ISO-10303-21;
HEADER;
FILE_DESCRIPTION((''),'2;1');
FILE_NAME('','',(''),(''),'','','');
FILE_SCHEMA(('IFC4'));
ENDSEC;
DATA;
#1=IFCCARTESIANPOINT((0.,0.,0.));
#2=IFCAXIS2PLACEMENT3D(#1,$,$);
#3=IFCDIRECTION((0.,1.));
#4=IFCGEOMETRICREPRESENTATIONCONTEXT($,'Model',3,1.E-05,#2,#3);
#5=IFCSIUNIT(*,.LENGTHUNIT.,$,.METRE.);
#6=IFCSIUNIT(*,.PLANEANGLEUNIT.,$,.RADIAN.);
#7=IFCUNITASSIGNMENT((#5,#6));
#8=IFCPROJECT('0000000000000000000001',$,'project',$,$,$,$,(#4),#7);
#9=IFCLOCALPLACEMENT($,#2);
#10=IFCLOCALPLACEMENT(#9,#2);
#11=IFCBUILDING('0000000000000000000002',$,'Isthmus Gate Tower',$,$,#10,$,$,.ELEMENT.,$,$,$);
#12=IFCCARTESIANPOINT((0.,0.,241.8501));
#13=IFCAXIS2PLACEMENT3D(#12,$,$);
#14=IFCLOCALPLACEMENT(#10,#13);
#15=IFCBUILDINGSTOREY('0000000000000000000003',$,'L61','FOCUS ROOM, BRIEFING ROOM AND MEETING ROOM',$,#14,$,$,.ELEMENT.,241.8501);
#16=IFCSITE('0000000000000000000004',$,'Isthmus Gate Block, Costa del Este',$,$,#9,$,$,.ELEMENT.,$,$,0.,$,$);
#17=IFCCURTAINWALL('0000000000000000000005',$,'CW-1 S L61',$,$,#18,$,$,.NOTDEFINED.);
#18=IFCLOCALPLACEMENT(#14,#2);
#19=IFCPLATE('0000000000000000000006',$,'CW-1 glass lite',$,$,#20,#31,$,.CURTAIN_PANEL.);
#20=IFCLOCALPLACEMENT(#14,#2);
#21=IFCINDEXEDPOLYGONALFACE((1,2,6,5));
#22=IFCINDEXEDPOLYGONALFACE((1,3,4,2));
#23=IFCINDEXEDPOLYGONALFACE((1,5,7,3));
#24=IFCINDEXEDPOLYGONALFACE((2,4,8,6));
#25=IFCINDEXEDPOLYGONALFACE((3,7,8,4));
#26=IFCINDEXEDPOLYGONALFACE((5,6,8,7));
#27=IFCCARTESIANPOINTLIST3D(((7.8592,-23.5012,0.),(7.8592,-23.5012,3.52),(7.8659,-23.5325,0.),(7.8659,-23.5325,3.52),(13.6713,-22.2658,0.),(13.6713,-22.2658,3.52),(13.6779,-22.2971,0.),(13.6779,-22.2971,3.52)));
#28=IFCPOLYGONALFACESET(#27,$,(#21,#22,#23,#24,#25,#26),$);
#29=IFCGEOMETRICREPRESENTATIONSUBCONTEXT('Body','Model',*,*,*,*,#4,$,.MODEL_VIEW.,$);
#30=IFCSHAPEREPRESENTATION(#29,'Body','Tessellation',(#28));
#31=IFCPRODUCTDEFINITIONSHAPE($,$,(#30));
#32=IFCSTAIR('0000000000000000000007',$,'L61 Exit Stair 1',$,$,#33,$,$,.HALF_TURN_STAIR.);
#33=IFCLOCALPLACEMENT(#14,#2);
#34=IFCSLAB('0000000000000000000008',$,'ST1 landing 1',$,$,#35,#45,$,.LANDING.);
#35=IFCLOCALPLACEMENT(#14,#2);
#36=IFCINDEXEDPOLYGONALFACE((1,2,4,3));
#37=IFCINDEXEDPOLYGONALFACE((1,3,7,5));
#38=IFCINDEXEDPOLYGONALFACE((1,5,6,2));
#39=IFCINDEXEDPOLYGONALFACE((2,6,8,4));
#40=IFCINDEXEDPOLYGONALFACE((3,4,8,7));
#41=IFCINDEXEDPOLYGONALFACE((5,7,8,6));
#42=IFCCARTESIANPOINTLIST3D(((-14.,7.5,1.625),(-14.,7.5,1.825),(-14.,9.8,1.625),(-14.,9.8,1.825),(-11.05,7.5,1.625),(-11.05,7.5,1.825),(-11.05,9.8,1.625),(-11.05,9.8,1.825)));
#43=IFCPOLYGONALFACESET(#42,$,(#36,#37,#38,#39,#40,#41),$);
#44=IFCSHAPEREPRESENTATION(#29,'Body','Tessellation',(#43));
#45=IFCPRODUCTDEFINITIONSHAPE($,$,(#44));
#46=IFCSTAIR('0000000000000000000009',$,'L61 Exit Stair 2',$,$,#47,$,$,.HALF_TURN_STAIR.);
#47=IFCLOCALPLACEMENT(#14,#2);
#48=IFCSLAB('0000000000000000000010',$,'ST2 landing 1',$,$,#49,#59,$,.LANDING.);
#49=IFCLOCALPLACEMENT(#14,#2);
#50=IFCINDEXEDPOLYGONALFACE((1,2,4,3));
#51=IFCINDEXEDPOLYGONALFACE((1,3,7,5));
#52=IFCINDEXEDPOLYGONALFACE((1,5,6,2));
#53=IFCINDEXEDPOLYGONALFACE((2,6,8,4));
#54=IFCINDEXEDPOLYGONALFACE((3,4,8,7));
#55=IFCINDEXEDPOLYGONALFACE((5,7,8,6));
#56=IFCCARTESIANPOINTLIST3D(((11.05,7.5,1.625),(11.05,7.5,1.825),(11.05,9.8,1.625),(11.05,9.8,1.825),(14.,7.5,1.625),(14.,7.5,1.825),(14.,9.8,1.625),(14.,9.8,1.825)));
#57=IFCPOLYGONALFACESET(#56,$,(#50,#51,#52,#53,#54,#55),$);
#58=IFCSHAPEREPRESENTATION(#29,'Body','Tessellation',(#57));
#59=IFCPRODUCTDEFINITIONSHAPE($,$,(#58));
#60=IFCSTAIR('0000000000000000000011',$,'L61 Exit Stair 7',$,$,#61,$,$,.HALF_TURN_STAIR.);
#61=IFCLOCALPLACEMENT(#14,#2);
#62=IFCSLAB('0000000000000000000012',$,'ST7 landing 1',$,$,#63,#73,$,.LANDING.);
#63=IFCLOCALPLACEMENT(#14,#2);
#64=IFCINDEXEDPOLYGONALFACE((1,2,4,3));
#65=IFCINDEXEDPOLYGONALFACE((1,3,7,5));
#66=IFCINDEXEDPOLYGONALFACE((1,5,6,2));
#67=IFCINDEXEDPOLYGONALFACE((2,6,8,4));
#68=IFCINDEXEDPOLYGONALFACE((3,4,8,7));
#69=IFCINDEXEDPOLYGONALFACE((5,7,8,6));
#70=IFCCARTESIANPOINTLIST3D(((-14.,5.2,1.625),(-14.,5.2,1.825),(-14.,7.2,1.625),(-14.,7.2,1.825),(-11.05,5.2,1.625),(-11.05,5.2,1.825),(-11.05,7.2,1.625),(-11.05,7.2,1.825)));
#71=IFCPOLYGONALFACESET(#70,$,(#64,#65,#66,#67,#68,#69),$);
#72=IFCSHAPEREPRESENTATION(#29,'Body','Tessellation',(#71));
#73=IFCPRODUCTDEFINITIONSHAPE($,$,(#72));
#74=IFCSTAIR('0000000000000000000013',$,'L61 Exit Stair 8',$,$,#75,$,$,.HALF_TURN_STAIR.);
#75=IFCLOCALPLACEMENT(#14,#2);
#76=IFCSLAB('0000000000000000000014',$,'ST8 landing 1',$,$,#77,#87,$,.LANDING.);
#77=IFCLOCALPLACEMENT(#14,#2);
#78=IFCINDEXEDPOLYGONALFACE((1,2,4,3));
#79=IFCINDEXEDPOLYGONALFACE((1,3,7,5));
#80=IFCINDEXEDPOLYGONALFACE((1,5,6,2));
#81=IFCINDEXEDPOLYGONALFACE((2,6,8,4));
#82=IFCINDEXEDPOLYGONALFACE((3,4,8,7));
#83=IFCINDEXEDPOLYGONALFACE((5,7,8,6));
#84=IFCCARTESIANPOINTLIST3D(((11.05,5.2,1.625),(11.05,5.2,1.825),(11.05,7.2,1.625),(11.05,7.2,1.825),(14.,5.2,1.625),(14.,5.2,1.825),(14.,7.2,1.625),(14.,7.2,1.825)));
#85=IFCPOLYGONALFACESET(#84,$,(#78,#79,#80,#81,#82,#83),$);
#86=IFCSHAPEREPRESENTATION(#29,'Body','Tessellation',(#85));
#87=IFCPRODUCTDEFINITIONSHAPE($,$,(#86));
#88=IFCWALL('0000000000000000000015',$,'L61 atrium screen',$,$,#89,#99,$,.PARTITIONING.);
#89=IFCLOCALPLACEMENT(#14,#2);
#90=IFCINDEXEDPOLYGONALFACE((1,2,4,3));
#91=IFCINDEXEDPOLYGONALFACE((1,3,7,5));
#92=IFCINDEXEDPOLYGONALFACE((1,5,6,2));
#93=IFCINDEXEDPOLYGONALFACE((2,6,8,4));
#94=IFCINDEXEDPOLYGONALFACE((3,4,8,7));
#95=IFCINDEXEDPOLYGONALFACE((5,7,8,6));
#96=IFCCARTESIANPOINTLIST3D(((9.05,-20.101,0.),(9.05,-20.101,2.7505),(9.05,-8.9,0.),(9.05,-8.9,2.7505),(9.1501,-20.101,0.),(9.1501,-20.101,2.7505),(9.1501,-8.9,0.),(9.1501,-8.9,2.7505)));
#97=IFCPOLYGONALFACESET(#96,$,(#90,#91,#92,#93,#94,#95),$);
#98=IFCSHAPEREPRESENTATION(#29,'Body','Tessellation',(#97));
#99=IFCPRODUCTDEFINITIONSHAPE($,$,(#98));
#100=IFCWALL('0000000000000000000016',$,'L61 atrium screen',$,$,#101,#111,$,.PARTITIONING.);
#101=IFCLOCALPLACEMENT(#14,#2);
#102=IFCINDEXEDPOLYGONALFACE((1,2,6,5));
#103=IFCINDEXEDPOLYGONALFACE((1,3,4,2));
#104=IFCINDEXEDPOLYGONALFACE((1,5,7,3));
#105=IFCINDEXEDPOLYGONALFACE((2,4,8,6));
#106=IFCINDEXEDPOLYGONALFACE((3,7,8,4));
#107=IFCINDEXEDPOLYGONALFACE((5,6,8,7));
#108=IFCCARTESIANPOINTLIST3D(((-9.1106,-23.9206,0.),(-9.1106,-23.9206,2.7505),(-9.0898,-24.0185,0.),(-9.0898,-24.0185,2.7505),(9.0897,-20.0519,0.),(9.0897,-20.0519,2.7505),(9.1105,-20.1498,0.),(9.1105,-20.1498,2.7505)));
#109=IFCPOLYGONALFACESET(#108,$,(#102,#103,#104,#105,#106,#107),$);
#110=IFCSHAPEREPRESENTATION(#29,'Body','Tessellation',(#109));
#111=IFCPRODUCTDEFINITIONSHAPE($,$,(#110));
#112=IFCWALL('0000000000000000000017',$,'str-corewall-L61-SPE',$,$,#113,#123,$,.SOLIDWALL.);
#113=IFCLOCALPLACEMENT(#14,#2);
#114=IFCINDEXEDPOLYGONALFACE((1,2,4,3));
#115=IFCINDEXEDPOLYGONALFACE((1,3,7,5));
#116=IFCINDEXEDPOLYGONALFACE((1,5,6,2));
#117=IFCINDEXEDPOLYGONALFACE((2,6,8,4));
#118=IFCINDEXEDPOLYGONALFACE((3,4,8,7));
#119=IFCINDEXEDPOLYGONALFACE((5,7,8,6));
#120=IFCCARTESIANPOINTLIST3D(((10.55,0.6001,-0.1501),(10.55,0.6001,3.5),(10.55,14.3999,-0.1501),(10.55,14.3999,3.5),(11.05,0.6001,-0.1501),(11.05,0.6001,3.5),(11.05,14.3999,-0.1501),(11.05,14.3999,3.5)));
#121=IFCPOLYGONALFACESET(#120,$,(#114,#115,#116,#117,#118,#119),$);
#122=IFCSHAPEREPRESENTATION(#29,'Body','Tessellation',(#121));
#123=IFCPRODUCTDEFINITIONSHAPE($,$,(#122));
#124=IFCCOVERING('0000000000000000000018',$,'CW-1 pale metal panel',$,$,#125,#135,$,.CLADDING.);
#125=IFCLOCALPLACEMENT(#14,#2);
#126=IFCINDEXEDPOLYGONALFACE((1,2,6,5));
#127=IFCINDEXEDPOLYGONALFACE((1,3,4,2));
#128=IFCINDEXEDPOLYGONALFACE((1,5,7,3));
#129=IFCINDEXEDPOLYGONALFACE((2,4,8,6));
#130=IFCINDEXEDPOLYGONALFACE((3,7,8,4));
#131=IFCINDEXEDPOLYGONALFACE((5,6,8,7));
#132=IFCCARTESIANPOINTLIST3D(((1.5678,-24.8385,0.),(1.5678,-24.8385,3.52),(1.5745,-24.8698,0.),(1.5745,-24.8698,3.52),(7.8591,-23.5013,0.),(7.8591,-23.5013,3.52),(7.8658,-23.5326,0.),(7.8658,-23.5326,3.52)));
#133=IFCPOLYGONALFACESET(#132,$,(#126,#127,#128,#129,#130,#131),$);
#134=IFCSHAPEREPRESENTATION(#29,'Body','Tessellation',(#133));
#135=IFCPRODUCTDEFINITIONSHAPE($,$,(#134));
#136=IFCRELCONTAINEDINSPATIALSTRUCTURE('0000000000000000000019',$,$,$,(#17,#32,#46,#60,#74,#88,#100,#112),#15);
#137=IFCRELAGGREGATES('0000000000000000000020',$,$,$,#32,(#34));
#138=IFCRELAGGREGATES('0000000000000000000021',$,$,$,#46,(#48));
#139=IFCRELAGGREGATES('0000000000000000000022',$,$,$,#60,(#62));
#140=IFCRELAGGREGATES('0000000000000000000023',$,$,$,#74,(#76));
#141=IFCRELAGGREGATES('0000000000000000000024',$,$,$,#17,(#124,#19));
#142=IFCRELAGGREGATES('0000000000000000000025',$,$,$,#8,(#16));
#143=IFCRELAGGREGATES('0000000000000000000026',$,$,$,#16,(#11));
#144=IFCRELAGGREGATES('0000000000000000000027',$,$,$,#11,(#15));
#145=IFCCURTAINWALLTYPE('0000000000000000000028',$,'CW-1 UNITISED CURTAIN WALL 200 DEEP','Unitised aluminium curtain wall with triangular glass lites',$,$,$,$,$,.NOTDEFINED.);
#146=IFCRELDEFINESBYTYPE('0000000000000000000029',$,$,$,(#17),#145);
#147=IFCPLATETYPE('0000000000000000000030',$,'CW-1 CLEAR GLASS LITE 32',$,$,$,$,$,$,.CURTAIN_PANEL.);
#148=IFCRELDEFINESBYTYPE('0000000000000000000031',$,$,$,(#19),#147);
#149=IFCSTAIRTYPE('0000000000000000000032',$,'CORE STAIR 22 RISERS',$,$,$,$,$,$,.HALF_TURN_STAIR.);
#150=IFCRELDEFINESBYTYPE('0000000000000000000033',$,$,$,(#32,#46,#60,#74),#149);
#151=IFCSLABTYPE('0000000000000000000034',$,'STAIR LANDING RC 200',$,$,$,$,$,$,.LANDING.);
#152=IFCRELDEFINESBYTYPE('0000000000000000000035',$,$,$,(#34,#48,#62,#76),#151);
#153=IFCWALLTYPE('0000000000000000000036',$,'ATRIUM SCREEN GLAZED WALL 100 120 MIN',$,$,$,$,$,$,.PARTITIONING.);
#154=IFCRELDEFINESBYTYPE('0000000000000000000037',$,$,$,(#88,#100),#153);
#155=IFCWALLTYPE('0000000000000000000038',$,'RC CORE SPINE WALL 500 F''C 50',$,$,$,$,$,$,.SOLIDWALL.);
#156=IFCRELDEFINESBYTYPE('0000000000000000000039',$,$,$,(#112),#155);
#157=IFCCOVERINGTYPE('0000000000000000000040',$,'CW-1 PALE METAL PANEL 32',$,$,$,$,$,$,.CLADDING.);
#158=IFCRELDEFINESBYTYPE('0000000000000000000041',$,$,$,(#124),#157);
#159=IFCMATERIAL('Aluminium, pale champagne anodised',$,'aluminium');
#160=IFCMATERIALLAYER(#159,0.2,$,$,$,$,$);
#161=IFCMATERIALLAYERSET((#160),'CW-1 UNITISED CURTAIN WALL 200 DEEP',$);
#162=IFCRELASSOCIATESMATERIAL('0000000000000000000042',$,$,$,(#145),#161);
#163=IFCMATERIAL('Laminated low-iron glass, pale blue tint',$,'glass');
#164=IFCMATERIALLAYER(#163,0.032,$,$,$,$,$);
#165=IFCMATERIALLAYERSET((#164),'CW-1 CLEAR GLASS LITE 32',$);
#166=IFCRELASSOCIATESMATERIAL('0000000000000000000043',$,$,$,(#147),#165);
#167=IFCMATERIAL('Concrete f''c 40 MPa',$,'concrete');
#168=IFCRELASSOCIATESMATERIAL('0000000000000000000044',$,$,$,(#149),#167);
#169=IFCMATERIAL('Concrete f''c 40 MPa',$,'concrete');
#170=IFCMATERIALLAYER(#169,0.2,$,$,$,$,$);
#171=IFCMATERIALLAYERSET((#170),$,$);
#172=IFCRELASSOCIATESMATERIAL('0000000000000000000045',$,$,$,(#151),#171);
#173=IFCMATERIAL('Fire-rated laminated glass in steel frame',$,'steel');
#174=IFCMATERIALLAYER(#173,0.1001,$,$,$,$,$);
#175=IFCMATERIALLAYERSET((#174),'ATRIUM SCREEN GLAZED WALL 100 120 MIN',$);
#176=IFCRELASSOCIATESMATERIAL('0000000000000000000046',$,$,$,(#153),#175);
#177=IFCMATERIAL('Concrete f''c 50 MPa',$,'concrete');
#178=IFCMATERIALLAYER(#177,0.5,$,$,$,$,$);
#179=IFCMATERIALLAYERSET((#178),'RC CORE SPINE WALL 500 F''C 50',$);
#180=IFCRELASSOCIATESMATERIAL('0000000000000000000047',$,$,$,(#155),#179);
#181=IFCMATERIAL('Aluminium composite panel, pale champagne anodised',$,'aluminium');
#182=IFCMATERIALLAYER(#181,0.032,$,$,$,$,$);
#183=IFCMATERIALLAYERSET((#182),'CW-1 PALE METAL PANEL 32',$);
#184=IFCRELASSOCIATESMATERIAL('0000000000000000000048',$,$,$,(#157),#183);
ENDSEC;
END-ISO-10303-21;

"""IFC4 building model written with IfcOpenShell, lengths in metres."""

from ifc_helpers import new_model, si_unit, direction, frame, frame_2d, origin, origin_2d, place, context, subcontext, project, spatial, polyline, rectangle, outline, extrude, material, layer, layer_set, type_object, element, aggregate, save


model = new_model("IFC4")

# Units and contexts
model_context = context("Model", 3, precision=1e-05, world=origin(), true_north=direction((0.0, 1.0)))
body_context = subcontext(model_context, "Body", "Model", "MODEL_VIEW")
ifc_project = project(units=[si_unit("LENGTHUNIT", "METRE"), si_unit("PLANEANGLEUNIT", "RADIAN")], contexts=[model_context])

# Site, building, storey
site_placement = place(None, origin())
site = spatial("IfcSite", under=ifc_project, at=site_placement, Name="Isthmus Gate Block, Costa del Este", CompositionType="ELEMENT", RefElevation=0.0)
building_placement = place(site_placement, origin())
building = spatial("IfcBuilding", under=site, at=building_placement, Name="Isthmus Gate Tower", CompositionType="ELEMENT")
storey_placement = place(building_placement, frame((0.0, 0.0, 241.8501)))
storey = spatial("IfcBuildingStorey", under=building, at=storey_placement, Name="L61", Description="FOCUS ROOM, BRIEFING ROOM AND MEETING ROOM", CompositionType="ELEMENT", Elevation=241.8501)

# Curtain wall
ifc_material_1 = material(Name="Aluminium, pale champagne anodised", Category="aluminium")
ifc_layer_1 = layer(ifc_material_1, 0.2)
ifc_layer_set_1 = layer_set([ifc_layer_1], Name="CW-1 UNITISED CURTAIN WALL 200 DEEP")
curtain_wall_type = type_object("IfcCurtainWallType", Name="CW-1 UNITISED CURTAIN WALL 200 DEEP", Description="Unitised aluminium curtain wall with triangular glass lites", PredefinedType="NOTDEFINED", material=ifc_layer_set_1)
curtain_wall_placement = place(storey_placement, origin())
curtain_wall = element("IfcCurtainWall", 1, at=curtain_wall_placement, inside=storey, type_object=curtain_wall_type, Name="CW-1 S L61", PredefinedType="NOTDEFINED")

# Plate
ifc_material_2 = material(Name="Laminated low-iron glass, pale blue tint", Category="glass")
ifc_layer_2 = layer(ifc_material_2, 0.032)
ifc_layer_set_2 = layer_set([ifc_layer_2], Name="CW-1 CLEAR GLASS LITE 32")
plate_type = type_object("IfcPlateType", Name="CW-1 CLEAR GLASS LITE 32", PredefinedType="CURTAIN_PANEL", material=ifc_layer_set_2)
plate_placement = place(storey_placement, frame((10.7686, -22.8992, 0.0), z_axis=(0.0, 0.0, 1.0), x_axis=(0.978148, 0.207912, 0.0)))
plate = element("IfcPlate", 2, at=plate_placement, type_object=plate_type, Name="CW-1 glass lite", PredefinedType="CURTAIN_PANEL", context=body_context, shape_type="SweptSolid", body=[
    extrude(rectangle(XDim=5.9419, YDim=0.032, at=origin_2d()), origin(), (0.0, 0.0, 1.0), 3.52),
])

# Stairs, slabs
ifc_material_3 = material(Name="Concrete f'c 40 MPa", Category="concrete")
stair_type = type_object("IfcStairType", Name="CORE STAIR 22 RISERS", PredefinedType="HALF_TURN_STAIR", material=ifc_material_3)
stair_1_placement = place(storey_placement, origin())
stair_1 = element("IfcStair", 3, at=stair_1_placement, inside=storey, type_object=stair_type, Name="L61 Exit Stair 1", PredefinedType="HALF_TURN_STAIR")
ifc_material_4 = material(Name="Concrete f'c 40 MPa", Category="concrete")
ifc_layer_3 = layer(ifc_material_4, 0.2)
ifc_layer_set_3 = layer_set([ifc_layer_3])
slab_type_1 = type_object("IfcSlabType", Name="STAIR LANDING RC 200", PredefinedType="LANDING", material=ifc_layer_set_3)
slab_1_placement = place(storey_placement, frame((0.0, 0.0, 1.625)))
slab_1 = element("IfcSlab", 4, at=slab_1_placement, type_object=slab_type_1, Name="ST1 landing 1", PredefinedType="LANDING", context=body_context, shape_type="SweptSolid", body=[
    extrude(outline(polyline([(-14.0, 9.8), (-14.0, 7.5), (-11.05, 7.5), (-11.05, 9.8), (-14.0, 9.8)])), origin(), (0.0, 0.0, 1.0), 0.2),
])
aggregate(stair_1, [slab_1])
stair_2_placement = place(storey_placement, origin())
stair_2 = element("IfcStair", 5, at=stair_2_placement, inside=storey, type_object=stair_type, Name="L61 Exit Stair 2", PredefinedType="HALF_TURN_STAIR")
slab_2_placement = place(storey_placement, frame((0.0, 0.0, 1.625)))
slab_2 = element("IfcSlab", 6, at=slab_2_placement, type_object=slab_type_1, Name="ST2 landing 1", PredefinedType="LANDING", context=body_context, shape_type="SweptSolid", body=[
    extrude(outline(polyline([(11.05, 9.8), (11.05, 7.5), (14.0, 7.5), (14.0, 9.8), (11.05, 9.8)])), origin(), (0.0, 0.0, 1.0), 0.2),
])
aggregate(stair_2, [slab_2])
stair_3_placement = place(storey_placement, origin())
stair_3 = element("IfcStair", 7, at=stair_3_placement, inside=storey, type_object=stair_type, Name="L61 Exit Stair 7", PredefinedType="HALF_TURN_STAIR")
slab_3_placement = place(storey_placement, frame((0.0, 0.0, 1.625)))
slab_3 = element("IfcSlab", 8, at=slab_3_placement, type_object=slab_type_1, Name="ST7 landing 1", PredefinedType="LANDING", context=body_context, shape_type="SweptSolid", body=[
    extrude(outline(polyline([(-11.05, 5.2), (-11.05, 7.2), (-14.0, 7.2), (-14.0, 5.2), (-11.05, 5.2)])), origin(), (0.0, 0.0, 1.0), 0.2),
])
aggregate(stair_3, [slab_3])
stair_4_placement = place(storey_placement, origin())
stair_4 = element("IfcStair", 9, at=stair_4_placement, inside=storey, type_object=stair_type, Name="L61 Exit Stair 8", PredefinedType="HALF_TURN_STAIR")
slab_4_placement = place(storey_placement, frame((0.0, 0.0, 1.625)))
slab_4 = element("IfcSlab", 10, at=slab_4_placement, type_object=slab_type_1, Name="ST8 landing 1", PredefinedType="LANDING", context=body_context, shape_type="SweptSolid", body=[
    extrude(outline(polyline([(14.0, 5.2), (14.0, 7.2), (11.05, 7.2), (11.05, 5.2), (14.0, 5.2)])), origin(), (0.0, 0.0, 1.0), 0.2),
])
aggregate(stair_4, [slab_4])

# Walls
ifc_material_5 = material(Name="Fire-rated laminated glass in steel frame", Category="steel")
ifc_layer_4 = layer(ifc_material_5, 0.1001)
ifc_layer_set_4 = layer_set([ifc_layer_4], Name="ATRIUM SCREEN GLAZED WALL 100 120 MIN")
wall_type_1 = type_object("IfcWallType", Name="ATRIUM SCREEN GLAZED WALL 100 120 MIN", PredefinedType="PARTITIONING", material=ifc_layer_set_4)
wall_1_placement = place(storey_placement, frame((9.1001, -8.8999, 0.0), z_axis=(0.0, 0.0, 1.0), x_axis=(0.0, -1.0, 0.0)))
element("IfcWall", 11, at=wall_1_placement, inside=storey, type_object=wall_type_1, Name="L61 atrium screen", PredefinedType="PARTITIONING", context=body_context, shape_type="SweptSolid", body=[
    extrude(rectangle(XDim=11.2009, YDim=0.1001, at=frame_2d((5.6006, 0.0))), origin(), (0.0, 0.0, 1.0), 2.7505),
])
wall_2_placement = place(storey_placement, frame((9.1001, -20.1008, 0.0), z_axis=(0.0, 0.0, 1.0), x_axis=(-0.978147, -0.207916, 0.0)))
element("IfcWall", 12, at=wall_2_placement, inside=storey, type_object=wall_type_1, Name="L61 atrium screen", PredefinedType="PARTITIONING", context=body_context, shape_type="SweptSolid", body=[
    extrude(rectangle(XDim=18.6069, YDim=0.1001, at=frame_2d((9.3035, 0.0))), origin(), (0.0, 0.0, 1.0), 2.7505),
])
ifc_material_6 = material(Name="Concrete f'c 50 MPa", Category="concrete")
ifc_layer_5 = layer(ifc_material_6, 0.5)
ifc_layer_set_5 = layer_set([ifc_layer_5], Name="RC CORE SPINE WALL 500 F'C 50")
wall_type_2 = type_object("IfcWallType", Name="RC CORE SPINE WALL 500 F'C 50", PredefinedType="SOLIDWALL", material=ifc_layer_set_5)
wall_3_placement = place(storey_placement, frame((10.8, 0.6001, -0.1501), z_axis=(0.0, 0.0, 1.0), x_axis=(0.0, 1.0, 0.0)))
element("IfcWall", 13, at=wall_3_placement, inside=storey, type_object=wall_type_2, Name="str-corewall-L61-SPE", PredefinedType="SOLIDWALL", context=body_context, shape_type="SweptSolid", body=[
    extrude(rectangle(XDim=13.7998, YDim=0.5, at=frame_2d((6.8999, 0.0))), origin(), (0.0, 0.0, 1.0), 3.6501),
])

# Covering
ifc_material_7 = material(Name="Aluminium composite panel, pale champagne anodised", Category="aluminium")
ifc_layer_6 = layer(ifc_material_7, 0.032)
ifc_layer_set_6 = layer_set([ifc_layer_6], Name="CW-1 PALE METAL PANEL 32")
covering_type = type_object("IfcCoveringType", Name="CW-1 PALE METAL PANEL 32", PredefinedType="CLADDING", material=ifc_layer_set_6)
covering_placement = place(storey_placement, frame((4.7168, -24.1855, 0.0), z_axis=(0.0, 0.0, 1.0), x_axis=(0.978148, 0.207912, 0.0)))
covering = element("IfcCovering", 14, at=covering_placement, type_object=covering_type, Name="CW-1 pale metal panel", PredefinedType="CLADDING", context=body_context, shape_type="SweptSolid", body=[
    extrude(rectangle(XDim=6.4319, YDim=0.032, at=origin_2d()), origin(), (0.0, 0.0, 1.0), 3.52),
])
aggregate(curtain_wall, [covering, plate])

save(model, "model.ifc")
